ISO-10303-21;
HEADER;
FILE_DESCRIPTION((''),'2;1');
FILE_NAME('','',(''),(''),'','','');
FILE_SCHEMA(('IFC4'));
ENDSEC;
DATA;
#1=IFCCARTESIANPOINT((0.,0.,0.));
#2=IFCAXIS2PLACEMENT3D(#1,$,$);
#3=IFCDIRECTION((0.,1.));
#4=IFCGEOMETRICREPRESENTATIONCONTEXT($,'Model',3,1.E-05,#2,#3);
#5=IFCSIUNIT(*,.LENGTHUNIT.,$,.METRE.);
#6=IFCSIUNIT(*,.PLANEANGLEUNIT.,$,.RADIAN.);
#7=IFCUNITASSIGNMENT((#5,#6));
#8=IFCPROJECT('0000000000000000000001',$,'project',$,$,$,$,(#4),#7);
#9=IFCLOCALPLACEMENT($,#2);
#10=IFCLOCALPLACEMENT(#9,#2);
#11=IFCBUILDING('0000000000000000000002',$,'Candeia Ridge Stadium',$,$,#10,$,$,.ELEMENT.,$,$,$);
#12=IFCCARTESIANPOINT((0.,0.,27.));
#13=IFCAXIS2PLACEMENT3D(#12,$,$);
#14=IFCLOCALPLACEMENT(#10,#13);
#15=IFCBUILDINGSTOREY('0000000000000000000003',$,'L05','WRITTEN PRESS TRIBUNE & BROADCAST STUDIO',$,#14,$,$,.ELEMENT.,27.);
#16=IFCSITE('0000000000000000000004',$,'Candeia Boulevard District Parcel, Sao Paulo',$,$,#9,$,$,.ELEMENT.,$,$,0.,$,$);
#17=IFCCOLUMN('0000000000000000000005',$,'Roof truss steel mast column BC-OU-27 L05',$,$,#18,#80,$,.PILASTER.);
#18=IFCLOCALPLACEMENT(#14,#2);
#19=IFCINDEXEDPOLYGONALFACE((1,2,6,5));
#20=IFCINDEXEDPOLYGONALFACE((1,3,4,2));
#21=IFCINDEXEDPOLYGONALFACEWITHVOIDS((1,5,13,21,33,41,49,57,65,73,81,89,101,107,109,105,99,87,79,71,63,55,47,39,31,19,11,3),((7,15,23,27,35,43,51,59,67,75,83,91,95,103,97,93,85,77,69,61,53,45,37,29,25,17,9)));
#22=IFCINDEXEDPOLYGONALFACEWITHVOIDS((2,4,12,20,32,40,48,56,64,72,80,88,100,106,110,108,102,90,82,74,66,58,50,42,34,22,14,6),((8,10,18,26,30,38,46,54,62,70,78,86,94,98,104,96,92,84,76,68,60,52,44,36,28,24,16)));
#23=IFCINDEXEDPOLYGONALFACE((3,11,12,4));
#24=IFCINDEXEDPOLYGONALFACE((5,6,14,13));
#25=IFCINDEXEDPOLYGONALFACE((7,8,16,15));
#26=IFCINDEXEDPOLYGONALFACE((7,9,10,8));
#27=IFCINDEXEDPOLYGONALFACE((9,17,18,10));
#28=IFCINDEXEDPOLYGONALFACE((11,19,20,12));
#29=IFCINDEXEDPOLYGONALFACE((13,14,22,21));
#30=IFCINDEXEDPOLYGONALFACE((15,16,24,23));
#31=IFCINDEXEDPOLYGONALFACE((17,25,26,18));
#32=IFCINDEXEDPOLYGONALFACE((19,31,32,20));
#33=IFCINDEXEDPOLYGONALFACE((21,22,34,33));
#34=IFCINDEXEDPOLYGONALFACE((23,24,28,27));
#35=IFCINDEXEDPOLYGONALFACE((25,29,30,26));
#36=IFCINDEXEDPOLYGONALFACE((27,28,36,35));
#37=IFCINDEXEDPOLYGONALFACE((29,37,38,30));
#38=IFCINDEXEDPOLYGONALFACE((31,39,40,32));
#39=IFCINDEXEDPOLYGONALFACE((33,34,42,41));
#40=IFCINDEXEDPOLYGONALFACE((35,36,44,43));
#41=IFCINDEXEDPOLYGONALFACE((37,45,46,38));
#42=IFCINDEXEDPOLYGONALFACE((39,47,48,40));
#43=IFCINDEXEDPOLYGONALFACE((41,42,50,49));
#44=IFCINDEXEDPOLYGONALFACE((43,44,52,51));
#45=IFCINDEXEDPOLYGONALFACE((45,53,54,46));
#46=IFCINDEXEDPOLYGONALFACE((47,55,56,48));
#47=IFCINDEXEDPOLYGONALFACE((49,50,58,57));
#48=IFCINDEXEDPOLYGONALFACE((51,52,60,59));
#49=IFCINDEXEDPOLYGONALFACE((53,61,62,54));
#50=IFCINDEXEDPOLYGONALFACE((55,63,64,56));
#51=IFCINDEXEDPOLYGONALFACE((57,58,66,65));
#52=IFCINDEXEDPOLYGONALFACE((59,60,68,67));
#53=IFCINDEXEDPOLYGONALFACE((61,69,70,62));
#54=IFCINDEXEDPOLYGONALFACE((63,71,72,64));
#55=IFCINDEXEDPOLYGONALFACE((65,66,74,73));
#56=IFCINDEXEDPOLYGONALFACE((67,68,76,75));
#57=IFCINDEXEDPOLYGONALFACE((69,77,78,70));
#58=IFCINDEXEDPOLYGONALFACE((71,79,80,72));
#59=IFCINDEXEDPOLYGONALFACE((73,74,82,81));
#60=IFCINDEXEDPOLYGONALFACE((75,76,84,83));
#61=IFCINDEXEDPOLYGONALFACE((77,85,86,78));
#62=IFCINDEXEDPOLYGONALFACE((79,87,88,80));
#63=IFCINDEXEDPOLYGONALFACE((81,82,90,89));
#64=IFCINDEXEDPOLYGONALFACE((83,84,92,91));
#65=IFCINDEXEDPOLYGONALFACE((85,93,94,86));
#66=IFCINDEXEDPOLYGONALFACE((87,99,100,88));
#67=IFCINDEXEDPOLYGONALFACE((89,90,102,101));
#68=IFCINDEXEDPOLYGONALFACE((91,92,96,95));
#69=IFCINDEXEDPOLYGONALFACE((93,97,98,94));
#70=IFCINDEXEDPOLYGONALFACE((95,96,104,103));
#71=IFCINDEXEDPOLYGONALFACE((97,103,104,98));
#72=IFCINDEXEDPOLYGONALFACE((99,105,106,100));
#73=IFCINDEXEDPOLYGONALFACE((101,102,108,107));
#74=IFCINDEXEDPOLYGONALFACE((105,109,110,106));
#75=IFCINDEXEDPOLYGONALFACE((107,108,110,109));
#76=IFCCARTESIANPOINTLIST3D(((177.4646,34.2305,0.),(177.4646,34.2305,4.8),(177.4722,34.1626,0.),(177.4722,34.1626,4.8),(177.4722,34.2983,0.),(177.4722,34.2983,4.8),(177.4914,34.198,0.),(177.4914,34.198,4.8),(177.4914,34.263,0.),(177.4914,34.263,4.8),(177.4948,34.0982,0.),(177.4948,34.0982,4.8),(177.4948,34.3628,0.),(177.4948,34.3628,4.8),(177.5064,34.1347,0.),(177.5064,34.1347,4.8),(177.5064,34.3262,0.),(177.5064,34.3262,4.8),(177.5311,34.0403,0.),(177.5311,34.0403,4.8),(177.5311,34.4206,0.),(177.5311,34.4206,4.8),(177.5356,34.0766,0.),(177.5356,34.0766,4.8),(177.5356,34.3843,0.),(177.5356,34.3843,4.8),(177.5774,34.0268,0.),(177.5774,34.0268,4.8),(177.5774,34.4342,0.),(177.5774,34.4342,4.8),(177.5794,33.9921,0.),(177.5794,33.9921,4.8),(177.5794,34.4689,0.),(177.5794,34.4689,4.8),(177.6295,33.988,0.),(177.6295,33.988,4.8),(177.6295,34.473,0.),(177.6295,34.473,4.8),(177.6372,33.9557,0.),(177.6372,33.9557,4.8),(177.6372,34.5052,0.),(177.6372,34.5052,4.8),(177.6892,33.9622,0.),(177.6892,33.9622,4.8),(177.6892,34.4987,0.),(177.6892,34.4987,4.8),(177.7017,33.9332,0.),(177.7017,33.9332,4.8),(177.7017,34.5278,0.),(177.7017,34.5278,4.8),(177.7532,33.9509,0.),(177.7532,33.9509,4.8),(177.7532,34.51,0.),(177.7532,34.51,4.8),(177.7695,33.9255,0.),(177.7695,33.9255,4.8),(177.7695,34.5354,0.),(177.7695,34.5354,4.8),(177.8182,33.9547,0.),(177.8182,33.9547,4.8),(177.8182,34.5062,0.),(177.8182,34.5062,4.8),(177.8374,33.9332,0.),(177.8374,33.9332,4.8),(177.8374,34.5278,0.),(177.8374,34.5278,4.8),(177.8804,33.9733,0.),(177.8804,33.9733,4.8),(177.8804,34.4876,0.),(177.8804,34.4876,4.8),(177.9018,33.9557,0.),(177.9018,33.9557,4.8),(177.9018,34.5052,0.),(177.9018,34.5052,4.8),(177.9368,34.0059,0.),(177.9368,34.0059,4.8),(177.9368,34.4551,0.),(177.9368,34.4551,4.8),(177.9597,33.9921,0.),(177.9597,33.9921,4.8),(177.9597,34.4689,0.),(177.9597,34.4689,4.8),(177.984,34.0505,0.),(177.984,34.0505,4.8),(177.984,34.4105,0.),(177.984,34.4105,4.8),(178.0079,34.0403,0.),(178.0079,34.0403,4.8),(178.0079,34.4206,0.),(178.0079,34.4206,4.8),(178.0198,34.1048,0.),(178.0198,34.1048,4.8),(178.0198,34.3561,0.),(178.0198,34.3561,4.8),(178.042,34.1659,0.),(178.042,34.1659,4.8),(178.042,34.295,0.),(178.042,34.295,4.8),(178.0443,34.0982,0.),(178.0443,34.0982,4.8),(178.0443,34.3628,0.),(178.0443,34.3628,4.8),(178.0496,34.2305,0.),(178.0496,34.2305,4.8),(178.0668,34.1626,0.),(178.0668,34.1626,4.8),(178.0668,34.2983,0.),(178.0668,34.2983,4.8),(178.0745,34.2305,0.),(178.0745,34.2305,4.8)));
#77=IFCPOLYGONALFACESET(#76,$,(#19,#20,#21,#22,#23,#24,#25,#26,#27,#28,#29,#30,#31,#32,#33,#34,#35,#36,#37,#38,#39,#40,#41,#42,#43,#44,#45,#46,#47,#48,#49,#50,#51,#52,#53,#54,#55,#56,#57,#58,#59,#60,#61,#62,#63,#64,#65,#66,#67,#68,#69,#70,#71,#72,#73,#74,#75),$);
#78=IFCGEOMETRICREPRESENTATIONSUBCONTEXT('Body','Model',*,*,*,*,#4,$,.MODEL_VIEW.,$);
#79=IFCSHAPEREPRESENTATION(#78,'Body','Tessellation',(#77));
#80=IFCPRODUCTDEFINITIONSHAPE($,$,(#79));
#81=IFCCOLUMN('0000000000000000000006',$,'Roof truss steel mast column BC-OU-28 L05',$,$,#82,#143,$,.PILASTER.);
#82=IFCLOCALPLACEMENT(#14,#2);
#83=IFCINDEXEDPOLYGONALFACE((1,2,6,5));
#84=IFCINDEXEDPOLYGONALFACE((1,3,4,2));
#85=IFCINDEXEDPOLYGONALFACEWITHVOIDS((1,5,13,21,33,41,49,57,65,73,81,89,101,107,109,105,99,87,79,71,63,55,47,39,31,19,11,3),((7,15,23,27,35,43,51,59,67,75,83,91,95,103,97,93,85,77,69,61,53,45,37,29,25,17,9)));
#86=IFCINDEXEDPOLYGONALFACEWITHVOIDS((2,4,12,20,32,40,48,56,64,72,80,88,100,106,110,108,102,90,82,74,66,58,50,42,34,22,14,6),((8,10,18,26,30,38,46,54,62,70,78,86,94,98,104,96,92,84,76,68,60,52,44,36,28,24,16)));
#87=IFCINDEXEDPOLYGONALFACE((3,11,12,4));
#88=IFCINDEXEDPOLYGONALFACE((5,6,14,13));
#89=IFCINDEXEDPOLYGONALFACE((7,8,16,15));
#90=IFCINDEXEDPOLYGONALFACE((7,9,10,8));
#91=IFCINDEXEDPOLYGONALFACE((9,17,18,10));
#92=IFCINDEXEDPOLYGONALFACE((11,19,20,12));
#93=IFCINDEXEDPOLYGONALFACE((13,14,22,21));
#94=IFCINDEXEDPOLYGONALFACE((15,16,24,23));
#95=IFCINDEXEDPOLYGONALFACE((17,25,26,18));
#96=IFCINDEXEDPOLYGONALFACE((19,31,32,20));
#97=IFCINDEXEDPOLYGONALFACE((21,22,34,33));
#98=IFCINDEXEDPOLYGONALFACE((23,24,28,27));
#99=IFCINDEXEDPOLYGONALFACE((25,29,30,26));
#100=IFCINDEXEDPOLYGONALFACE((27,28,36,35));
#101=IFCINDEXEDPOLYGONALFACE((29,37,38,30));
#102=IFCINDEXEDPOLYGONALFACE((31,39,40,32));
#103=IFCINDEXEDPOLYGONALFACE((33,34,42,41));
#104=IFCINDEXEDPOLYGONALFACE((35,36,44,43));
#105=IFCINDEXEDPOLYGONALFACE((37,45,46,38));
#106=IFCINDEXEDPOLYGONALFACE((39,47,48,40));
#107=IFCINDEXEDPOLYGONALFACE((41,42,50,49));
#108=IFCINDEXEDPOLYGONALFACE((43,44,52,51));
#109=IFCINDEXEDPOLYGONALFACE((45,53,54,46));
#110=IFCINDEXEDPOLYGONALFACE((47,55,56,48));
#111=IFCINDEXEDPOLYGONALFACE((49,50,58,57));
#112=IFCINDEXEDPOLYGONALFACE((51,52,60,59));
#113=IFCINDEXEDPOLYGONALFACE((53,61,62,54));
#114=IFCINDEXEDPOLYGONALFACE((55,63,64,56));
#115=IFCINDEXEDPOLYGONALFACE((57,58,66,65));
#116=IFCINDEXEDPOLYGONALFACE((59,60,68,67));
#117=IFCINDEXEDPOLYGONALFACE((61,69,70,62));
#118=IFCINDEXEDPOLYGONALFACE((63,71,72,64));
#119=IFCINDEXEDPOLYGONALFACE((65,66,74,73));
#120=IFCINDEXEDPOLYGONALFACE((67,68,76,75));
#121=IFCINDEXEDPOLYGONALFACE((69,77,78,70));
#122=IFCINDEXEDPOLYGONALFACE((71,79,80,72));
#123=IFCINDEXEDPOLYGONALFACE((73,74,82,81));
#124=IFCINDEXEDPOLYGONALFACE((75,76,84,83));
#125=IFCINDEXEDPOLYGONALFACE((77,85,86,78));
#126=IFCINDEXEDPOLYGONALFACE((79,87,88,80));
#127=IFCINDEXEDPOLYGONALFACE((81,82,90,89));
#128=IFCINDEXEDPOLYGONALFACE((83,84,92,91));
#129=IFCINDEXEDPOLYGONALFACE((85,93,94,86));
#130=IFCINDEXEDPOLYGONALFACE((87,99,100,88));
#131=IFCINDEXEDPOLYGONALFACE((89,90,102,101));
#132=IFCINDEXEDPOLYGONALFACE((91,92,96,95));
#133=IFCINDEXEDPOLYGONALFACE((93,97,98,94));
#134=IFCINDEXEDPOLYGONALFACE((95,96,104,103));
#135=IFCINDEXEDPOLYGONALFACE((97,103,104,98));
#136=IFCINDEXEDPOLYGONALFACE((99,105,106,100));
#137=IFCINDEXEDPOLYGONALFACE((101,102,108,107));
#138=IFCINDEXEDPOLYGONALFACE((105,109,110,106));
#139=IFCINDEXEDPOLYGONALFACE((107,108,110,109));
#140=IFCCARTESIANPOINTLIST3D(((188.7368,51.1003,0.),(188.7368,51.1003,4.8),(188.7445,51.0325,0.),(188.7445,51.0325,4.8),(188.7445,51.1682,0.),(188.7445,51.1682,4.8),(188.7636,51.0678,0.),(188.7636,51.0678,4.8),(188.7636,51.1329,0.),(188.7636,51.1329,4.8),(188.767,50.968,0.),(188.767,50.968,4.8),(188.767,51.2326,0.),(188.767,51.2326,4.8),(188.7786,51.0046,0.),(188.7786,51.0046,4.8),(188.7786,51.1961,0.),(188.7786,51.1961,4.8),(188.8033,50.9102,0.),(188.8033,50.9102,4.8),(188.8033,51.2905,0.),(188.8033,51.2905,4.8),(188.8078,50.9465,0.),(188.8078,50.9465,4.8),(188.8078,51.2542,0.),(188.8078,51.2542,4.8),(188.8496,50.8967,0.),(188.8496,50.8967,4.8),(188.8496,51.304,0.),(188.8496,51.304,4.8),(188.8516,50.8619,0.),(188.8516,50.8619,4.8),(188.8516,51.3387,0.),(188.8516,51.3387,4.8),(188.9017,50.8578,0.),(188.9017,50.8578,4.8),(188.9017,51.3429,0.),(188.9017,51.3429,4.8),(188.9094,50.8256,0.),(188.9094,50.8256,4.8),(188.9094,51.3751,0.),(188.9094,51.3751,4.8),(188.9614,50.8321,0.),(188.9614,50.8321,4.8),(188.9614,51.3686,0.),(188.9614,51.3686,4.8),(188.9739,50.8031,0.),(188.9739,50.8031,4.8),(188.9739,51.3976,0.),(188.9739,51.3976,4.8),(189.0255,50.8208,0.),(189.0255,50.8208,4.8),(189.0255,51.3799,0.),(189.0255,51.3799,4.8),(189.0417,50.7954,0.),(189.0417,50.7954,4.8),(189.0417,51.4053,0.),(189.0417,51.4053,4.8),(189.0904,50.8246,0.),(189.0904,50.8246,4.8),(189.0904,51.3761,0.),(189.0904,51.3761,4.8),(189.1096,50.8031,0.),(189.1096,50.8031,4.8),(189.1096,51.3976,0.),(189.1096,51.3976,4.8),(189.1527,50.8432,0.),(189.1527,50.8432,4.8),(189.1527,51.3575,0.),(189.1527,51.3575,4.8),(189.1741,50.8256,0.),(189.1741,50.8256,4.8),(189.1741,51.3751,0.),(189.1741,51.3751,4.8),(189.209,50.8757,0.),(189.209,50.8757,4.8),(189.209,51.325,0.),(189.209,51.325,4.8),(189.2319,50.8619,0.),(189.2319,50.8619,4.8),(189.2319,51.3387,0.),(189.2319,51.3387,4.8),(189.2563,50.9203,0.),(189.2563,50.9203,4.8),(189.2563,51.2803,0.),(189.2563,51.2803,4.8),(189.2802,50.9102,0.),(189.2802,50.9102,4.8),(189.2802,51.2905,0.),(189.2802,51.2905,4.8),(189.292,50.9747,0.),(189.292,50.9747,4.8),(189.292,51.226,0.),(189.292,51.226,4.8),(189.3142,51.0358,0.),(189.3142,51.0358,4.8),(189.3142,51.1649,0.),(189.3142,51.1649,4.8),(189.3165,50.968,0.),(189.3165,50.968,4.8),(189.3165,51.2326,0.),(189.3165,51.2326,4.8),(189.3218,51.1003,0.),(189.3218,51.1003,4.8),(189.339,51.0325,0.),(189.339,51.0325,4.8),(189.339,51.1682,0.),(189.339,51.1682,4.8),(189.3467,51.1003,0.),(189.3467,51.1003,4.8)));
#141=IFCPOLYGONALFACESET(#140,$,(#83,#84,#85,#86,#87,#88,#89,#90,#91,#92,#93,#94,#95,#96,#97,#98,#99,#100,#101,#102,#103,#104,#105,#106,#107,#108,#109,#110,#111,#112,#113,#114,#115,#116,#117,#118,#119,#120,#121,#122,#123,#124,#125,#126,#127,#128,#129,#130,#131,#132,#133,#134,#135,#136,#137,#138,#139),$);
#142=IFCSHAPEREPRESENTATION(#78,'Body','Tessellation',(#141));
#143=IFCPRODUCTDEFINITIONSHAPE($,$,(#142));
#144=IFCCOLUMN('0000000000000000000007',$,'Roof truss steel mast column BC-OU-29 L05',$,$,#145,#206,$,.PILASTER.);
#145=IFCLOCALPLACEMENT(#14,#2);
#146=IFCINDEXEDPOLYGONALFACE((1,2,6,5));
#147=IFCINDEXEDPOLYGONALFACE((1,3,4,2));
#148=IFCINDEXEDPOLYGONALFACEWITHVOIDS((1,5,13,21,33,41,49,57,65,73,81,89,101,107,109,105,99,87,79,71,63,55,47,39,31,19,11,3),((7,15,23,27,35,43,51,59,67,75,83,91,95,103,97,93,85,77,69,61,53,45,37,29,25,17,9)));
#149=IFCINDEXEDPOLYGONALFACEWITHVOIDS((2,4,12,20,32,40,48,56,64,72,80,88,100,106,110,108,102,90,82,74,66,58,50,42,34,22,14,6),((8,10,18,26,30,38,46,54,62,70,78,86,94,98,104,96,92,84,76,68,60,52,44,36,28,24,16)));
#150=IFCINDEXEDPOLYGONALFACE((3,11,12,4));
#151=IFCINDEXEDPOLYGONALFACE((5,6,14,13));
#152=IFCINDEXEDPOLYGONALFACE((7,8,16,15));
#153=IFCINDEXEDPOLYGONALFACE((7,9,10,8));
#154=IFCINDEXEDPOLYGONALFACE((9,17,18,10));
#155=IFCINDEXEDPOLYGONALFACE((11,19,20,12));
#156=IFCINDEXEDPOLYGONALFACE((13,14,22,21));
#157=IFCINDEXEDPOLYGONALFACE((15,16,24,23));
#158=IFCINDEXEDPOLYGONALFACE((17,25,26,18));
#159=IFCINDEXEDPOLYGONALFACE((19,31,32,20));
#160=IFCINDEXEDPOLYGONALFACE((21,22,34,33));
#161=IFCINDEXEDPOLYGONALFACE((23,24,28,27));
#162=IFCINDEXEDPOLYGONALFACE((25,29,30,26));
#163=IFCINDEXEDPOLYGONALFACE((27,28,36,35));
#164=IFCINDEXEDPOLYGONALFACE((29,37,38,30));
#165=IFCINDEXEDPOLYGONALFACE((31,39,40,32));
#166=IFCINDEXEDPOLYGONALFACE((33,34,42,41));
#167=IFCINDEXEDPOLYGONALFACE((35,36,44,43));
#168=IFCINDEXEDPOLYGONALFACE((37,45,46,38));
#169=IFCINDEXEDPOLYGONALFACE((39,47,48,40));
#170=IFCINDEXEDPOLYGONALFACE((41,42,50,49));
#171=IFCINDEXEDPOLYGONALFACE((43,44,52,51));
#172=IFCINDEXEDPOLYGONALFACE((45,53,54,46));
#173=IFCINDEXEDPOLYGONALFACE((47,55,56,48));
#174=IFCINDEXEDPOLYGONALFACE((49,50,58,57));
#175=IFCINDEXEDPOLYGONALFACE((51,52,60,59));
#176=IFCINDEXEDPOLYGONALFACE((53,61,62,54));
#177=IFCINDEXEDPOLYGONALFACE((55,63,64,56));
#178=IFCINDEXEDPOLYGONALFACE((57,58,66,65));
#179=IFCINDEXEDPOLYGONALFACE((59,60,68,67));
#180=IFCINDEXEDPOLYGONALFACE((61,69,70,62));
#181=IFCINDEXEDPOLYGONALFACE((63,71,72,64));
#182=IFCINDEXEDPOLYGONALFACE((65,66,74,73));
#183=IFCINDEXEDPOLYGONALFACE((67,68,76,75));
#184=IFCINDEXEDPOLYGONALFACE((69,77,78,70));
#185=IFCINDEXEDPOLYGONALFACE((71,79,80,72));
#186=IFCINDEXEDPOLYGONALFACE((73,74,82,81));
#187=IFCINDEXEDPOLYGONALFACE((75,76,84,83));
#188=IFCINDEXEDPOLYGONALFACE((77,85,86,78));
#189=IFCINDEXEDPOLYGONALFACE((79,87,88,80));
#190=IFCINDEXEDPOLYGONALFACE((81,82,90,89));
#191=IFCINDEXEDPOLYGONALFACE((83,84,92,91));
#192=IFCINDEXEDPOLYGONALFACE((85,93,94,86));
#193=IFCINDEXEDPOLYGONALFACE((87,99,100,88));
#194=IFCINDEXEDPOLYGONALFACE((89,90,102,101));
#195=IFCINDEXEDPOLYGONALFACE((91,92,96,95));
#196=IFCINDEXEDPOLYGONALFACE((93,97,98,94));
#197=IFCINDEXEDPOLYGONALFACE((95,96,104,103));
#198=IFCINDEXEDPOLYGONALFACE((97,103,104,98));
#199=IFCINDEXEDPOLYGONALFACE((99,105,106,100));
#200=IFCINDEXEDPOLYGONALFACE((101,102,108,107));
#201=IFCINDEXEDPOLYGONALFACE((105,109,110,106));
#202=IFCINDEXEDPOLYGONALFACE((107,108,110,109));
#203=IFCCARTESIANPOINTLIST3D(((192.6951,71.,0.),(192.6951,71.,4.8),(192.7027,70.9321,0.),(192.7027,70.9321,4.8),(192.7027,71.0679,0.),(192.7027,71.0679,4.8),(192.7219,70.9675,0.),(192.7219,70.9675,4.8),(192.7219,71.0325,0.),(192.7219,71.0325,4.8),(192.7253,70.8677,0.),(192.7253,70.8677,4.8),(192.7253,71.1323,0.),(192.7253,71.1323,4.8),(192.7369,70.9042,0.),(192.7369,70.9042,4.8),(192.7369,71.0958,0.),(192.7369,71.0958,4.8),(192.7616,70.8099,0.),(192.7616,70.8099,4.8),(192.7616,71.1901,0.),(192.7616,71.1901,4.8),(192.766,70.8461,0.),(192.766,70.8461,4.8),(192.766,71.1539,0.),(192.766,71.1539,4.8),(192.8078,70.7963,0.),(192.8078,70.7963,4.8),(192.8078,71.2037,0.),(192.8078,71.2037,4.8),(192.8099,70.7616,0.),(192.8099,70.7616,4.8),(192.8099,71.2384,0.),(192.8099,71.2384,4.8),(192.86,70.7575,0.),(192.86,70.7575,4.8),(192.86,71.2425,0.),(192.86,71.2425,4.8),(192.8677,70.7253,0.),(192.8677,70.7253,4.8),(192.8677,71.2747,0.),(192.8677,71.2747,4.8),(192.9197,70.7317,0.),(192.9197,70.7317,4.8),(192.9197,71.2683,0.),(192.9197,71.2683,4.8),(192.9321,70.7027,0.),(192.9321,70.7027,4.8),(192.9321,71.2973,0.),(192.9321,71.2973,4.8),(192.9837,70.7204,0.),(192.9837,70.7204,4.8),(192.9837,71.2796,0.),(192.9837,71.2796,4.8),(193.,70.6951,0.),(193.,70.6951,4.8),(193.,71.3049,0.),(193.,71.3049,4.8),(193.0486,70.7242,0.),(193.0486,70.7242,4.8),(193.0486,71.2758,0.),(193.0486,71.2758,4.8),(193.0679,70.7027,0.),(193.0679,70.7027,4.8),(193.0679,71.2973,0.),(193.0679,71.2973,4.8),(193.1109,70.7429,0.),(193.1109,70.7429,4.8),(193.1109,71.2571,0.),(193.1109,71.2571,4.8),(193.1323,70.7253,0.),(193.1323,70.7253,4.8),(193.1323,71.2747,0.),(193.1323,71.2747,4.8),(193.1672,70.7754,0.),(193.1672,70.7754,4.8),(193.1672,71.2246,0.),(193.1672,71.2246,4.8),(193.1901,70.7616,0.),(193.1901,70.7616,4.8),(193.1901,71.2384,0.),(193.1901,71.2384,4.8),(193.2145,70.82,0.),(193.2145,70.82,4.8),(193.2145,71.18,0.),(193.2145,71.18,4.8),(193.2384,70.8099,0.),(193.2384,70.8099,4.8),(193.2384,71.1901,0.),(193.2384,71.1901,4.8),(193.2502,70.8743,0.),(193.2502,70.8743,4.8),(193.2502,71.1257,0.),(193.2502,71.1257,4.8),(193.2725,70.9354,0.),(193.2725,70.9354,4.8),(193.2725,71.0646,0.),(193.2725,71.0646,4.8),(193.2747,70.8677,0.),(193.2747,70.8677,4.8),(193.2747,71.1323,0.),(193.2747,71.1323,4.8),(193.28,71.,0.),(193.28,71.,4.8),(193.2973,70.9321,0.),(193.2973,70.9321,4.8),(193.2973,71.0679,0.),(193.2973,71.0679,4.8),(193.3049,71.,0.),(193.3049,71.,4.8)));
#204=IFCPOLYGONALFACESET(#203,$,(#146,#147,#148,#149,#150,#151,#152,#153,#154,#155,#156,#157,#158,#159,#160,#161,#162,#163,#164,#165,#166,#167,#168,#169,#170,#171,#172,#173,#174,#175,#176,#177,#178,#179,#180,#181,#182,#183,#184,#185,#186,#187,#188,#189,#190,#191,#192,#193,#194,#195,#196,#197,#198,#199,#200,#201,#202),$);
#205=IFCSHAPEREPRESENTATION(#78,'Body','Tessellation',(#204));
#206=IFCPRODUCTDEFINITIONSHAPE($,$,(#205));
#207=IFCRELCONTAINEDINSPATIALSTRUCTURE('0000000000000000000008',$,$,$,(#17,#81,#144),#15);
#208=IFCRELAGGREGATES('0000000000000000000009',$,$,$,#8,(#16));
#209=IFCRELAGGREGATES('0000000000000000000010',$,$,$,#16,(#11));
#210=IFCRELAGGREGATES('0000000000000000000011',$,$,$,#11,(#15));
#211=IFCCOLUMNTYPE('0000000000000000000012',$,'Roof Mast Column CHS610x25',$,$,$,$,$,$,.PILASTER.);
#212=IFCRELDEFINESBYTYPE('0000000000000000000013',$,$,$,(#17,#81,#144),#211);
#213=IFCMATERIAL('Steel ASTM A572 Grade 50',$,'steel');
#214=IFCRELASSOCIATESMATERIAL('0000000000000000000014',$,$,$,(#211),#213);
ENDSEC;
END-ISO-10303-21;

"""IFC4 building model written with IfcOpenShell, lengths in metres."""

from ifc_helpers import new_model, si_unit, direction, frame, origin, origin_2d, place, context, subcontext, project, spatial, hollow_circle, extrude, material, material_profile, profile_set, type_object, element, save


model = new_model("IFC4")

# Units and contexts
model_context = context("Model", 3, precision=1e-05, world=origin(), true_north=direction((0.0, 1.0)))
body_context = subcontext(model_context, "Body", "Model", "MODEL_VIEW")
ifc_project = project(units=[si_unit("LENGTHUNIT", "METRE"), si_unit("PLANEANGLEUNIT", "RADIAN")], contexts=[model_context])

# Site, building, storey
site_placement = place(None, origin())
site = spatial("IfcSite", under=ifc_project, at=site_placement, Name="Candeia Boulevard District Parcel, Sao Paulo", CompositionType="ELEMENT", RefElevation=0.0)
building_placement = place(site_placement, origin())
building = spatial("IfcBuilding", under=site, at=building_placement, Name="Candeia Ridge Stadium", CompositionType="ELEMENT")
storey_placement = place(building_placement, frame((0.0, 0.0, 27.0)))
storey = spatial("IfcBuildingStorey", under=building, at=storey_placement, Name="L05", Description="WRITTEN PRESS TRIBUNE & BROADCAST STUDIO", CompositionType="ELEMENT", Elevation=27.0)

# Columns
ifc_material_1 = material(Name="Steel ASTM A572 Grade 50", Category="steel")
ifc_material_profile_1 = material_profile(ifc_material_1, hollow_circle(Radius=0.3049, WallThickness=0.0249, at=origin_2d()), Name="CHS610x25", Category="steel")
ifc_profile_set_1 = profile_set([ifc_material_profile_1], Name="Steel ASTM A572 Grade 50")
column_type_1 = type_object("IfcColumnType", Name="Roof Mast Column CHS610x25", PredefinedType="PILASTER", material=ifc_profile_set_1)
for number, where, z_axis, x_axis, name in (
    (1, (177.7695, 34.2305, 0.0), (0.0, 0.0, 1.0), (1.0, 0.0, 0.0), "Roof truss steel mast column BC-OU-27 L05"),
    (2, (189.0417, 51.1003, 0.0), (0.0, 0.0, 1.0), (1.0, 0.0, 0.0), "Roof truss steel mast column BC-OU-28 L05"),
    (3, (193.0, 71.0, 0.0), (0.0, 0.0, 1.0), (1.0, 0.0, 0.0), "Roof truss steel mast column BC-OU-29 L05"),
):
    element("IfcColumn", number, at=place(storey_placement, frame(where, z_axis=z_axis, x_axis=x_axis)), inside=storey, type_object=column_type_1, Name=name, PredefinedType="PILASTER", context=body_context, shape_type="SweptSolid", body=[
        extrude(hollow_circle(Radius=0.3049, WallThickness=0.0249, at=origin_2d()), origin(), (0.0, 0.0, 1.0), 4.8),
    ])

save(model, "model.ifc")
